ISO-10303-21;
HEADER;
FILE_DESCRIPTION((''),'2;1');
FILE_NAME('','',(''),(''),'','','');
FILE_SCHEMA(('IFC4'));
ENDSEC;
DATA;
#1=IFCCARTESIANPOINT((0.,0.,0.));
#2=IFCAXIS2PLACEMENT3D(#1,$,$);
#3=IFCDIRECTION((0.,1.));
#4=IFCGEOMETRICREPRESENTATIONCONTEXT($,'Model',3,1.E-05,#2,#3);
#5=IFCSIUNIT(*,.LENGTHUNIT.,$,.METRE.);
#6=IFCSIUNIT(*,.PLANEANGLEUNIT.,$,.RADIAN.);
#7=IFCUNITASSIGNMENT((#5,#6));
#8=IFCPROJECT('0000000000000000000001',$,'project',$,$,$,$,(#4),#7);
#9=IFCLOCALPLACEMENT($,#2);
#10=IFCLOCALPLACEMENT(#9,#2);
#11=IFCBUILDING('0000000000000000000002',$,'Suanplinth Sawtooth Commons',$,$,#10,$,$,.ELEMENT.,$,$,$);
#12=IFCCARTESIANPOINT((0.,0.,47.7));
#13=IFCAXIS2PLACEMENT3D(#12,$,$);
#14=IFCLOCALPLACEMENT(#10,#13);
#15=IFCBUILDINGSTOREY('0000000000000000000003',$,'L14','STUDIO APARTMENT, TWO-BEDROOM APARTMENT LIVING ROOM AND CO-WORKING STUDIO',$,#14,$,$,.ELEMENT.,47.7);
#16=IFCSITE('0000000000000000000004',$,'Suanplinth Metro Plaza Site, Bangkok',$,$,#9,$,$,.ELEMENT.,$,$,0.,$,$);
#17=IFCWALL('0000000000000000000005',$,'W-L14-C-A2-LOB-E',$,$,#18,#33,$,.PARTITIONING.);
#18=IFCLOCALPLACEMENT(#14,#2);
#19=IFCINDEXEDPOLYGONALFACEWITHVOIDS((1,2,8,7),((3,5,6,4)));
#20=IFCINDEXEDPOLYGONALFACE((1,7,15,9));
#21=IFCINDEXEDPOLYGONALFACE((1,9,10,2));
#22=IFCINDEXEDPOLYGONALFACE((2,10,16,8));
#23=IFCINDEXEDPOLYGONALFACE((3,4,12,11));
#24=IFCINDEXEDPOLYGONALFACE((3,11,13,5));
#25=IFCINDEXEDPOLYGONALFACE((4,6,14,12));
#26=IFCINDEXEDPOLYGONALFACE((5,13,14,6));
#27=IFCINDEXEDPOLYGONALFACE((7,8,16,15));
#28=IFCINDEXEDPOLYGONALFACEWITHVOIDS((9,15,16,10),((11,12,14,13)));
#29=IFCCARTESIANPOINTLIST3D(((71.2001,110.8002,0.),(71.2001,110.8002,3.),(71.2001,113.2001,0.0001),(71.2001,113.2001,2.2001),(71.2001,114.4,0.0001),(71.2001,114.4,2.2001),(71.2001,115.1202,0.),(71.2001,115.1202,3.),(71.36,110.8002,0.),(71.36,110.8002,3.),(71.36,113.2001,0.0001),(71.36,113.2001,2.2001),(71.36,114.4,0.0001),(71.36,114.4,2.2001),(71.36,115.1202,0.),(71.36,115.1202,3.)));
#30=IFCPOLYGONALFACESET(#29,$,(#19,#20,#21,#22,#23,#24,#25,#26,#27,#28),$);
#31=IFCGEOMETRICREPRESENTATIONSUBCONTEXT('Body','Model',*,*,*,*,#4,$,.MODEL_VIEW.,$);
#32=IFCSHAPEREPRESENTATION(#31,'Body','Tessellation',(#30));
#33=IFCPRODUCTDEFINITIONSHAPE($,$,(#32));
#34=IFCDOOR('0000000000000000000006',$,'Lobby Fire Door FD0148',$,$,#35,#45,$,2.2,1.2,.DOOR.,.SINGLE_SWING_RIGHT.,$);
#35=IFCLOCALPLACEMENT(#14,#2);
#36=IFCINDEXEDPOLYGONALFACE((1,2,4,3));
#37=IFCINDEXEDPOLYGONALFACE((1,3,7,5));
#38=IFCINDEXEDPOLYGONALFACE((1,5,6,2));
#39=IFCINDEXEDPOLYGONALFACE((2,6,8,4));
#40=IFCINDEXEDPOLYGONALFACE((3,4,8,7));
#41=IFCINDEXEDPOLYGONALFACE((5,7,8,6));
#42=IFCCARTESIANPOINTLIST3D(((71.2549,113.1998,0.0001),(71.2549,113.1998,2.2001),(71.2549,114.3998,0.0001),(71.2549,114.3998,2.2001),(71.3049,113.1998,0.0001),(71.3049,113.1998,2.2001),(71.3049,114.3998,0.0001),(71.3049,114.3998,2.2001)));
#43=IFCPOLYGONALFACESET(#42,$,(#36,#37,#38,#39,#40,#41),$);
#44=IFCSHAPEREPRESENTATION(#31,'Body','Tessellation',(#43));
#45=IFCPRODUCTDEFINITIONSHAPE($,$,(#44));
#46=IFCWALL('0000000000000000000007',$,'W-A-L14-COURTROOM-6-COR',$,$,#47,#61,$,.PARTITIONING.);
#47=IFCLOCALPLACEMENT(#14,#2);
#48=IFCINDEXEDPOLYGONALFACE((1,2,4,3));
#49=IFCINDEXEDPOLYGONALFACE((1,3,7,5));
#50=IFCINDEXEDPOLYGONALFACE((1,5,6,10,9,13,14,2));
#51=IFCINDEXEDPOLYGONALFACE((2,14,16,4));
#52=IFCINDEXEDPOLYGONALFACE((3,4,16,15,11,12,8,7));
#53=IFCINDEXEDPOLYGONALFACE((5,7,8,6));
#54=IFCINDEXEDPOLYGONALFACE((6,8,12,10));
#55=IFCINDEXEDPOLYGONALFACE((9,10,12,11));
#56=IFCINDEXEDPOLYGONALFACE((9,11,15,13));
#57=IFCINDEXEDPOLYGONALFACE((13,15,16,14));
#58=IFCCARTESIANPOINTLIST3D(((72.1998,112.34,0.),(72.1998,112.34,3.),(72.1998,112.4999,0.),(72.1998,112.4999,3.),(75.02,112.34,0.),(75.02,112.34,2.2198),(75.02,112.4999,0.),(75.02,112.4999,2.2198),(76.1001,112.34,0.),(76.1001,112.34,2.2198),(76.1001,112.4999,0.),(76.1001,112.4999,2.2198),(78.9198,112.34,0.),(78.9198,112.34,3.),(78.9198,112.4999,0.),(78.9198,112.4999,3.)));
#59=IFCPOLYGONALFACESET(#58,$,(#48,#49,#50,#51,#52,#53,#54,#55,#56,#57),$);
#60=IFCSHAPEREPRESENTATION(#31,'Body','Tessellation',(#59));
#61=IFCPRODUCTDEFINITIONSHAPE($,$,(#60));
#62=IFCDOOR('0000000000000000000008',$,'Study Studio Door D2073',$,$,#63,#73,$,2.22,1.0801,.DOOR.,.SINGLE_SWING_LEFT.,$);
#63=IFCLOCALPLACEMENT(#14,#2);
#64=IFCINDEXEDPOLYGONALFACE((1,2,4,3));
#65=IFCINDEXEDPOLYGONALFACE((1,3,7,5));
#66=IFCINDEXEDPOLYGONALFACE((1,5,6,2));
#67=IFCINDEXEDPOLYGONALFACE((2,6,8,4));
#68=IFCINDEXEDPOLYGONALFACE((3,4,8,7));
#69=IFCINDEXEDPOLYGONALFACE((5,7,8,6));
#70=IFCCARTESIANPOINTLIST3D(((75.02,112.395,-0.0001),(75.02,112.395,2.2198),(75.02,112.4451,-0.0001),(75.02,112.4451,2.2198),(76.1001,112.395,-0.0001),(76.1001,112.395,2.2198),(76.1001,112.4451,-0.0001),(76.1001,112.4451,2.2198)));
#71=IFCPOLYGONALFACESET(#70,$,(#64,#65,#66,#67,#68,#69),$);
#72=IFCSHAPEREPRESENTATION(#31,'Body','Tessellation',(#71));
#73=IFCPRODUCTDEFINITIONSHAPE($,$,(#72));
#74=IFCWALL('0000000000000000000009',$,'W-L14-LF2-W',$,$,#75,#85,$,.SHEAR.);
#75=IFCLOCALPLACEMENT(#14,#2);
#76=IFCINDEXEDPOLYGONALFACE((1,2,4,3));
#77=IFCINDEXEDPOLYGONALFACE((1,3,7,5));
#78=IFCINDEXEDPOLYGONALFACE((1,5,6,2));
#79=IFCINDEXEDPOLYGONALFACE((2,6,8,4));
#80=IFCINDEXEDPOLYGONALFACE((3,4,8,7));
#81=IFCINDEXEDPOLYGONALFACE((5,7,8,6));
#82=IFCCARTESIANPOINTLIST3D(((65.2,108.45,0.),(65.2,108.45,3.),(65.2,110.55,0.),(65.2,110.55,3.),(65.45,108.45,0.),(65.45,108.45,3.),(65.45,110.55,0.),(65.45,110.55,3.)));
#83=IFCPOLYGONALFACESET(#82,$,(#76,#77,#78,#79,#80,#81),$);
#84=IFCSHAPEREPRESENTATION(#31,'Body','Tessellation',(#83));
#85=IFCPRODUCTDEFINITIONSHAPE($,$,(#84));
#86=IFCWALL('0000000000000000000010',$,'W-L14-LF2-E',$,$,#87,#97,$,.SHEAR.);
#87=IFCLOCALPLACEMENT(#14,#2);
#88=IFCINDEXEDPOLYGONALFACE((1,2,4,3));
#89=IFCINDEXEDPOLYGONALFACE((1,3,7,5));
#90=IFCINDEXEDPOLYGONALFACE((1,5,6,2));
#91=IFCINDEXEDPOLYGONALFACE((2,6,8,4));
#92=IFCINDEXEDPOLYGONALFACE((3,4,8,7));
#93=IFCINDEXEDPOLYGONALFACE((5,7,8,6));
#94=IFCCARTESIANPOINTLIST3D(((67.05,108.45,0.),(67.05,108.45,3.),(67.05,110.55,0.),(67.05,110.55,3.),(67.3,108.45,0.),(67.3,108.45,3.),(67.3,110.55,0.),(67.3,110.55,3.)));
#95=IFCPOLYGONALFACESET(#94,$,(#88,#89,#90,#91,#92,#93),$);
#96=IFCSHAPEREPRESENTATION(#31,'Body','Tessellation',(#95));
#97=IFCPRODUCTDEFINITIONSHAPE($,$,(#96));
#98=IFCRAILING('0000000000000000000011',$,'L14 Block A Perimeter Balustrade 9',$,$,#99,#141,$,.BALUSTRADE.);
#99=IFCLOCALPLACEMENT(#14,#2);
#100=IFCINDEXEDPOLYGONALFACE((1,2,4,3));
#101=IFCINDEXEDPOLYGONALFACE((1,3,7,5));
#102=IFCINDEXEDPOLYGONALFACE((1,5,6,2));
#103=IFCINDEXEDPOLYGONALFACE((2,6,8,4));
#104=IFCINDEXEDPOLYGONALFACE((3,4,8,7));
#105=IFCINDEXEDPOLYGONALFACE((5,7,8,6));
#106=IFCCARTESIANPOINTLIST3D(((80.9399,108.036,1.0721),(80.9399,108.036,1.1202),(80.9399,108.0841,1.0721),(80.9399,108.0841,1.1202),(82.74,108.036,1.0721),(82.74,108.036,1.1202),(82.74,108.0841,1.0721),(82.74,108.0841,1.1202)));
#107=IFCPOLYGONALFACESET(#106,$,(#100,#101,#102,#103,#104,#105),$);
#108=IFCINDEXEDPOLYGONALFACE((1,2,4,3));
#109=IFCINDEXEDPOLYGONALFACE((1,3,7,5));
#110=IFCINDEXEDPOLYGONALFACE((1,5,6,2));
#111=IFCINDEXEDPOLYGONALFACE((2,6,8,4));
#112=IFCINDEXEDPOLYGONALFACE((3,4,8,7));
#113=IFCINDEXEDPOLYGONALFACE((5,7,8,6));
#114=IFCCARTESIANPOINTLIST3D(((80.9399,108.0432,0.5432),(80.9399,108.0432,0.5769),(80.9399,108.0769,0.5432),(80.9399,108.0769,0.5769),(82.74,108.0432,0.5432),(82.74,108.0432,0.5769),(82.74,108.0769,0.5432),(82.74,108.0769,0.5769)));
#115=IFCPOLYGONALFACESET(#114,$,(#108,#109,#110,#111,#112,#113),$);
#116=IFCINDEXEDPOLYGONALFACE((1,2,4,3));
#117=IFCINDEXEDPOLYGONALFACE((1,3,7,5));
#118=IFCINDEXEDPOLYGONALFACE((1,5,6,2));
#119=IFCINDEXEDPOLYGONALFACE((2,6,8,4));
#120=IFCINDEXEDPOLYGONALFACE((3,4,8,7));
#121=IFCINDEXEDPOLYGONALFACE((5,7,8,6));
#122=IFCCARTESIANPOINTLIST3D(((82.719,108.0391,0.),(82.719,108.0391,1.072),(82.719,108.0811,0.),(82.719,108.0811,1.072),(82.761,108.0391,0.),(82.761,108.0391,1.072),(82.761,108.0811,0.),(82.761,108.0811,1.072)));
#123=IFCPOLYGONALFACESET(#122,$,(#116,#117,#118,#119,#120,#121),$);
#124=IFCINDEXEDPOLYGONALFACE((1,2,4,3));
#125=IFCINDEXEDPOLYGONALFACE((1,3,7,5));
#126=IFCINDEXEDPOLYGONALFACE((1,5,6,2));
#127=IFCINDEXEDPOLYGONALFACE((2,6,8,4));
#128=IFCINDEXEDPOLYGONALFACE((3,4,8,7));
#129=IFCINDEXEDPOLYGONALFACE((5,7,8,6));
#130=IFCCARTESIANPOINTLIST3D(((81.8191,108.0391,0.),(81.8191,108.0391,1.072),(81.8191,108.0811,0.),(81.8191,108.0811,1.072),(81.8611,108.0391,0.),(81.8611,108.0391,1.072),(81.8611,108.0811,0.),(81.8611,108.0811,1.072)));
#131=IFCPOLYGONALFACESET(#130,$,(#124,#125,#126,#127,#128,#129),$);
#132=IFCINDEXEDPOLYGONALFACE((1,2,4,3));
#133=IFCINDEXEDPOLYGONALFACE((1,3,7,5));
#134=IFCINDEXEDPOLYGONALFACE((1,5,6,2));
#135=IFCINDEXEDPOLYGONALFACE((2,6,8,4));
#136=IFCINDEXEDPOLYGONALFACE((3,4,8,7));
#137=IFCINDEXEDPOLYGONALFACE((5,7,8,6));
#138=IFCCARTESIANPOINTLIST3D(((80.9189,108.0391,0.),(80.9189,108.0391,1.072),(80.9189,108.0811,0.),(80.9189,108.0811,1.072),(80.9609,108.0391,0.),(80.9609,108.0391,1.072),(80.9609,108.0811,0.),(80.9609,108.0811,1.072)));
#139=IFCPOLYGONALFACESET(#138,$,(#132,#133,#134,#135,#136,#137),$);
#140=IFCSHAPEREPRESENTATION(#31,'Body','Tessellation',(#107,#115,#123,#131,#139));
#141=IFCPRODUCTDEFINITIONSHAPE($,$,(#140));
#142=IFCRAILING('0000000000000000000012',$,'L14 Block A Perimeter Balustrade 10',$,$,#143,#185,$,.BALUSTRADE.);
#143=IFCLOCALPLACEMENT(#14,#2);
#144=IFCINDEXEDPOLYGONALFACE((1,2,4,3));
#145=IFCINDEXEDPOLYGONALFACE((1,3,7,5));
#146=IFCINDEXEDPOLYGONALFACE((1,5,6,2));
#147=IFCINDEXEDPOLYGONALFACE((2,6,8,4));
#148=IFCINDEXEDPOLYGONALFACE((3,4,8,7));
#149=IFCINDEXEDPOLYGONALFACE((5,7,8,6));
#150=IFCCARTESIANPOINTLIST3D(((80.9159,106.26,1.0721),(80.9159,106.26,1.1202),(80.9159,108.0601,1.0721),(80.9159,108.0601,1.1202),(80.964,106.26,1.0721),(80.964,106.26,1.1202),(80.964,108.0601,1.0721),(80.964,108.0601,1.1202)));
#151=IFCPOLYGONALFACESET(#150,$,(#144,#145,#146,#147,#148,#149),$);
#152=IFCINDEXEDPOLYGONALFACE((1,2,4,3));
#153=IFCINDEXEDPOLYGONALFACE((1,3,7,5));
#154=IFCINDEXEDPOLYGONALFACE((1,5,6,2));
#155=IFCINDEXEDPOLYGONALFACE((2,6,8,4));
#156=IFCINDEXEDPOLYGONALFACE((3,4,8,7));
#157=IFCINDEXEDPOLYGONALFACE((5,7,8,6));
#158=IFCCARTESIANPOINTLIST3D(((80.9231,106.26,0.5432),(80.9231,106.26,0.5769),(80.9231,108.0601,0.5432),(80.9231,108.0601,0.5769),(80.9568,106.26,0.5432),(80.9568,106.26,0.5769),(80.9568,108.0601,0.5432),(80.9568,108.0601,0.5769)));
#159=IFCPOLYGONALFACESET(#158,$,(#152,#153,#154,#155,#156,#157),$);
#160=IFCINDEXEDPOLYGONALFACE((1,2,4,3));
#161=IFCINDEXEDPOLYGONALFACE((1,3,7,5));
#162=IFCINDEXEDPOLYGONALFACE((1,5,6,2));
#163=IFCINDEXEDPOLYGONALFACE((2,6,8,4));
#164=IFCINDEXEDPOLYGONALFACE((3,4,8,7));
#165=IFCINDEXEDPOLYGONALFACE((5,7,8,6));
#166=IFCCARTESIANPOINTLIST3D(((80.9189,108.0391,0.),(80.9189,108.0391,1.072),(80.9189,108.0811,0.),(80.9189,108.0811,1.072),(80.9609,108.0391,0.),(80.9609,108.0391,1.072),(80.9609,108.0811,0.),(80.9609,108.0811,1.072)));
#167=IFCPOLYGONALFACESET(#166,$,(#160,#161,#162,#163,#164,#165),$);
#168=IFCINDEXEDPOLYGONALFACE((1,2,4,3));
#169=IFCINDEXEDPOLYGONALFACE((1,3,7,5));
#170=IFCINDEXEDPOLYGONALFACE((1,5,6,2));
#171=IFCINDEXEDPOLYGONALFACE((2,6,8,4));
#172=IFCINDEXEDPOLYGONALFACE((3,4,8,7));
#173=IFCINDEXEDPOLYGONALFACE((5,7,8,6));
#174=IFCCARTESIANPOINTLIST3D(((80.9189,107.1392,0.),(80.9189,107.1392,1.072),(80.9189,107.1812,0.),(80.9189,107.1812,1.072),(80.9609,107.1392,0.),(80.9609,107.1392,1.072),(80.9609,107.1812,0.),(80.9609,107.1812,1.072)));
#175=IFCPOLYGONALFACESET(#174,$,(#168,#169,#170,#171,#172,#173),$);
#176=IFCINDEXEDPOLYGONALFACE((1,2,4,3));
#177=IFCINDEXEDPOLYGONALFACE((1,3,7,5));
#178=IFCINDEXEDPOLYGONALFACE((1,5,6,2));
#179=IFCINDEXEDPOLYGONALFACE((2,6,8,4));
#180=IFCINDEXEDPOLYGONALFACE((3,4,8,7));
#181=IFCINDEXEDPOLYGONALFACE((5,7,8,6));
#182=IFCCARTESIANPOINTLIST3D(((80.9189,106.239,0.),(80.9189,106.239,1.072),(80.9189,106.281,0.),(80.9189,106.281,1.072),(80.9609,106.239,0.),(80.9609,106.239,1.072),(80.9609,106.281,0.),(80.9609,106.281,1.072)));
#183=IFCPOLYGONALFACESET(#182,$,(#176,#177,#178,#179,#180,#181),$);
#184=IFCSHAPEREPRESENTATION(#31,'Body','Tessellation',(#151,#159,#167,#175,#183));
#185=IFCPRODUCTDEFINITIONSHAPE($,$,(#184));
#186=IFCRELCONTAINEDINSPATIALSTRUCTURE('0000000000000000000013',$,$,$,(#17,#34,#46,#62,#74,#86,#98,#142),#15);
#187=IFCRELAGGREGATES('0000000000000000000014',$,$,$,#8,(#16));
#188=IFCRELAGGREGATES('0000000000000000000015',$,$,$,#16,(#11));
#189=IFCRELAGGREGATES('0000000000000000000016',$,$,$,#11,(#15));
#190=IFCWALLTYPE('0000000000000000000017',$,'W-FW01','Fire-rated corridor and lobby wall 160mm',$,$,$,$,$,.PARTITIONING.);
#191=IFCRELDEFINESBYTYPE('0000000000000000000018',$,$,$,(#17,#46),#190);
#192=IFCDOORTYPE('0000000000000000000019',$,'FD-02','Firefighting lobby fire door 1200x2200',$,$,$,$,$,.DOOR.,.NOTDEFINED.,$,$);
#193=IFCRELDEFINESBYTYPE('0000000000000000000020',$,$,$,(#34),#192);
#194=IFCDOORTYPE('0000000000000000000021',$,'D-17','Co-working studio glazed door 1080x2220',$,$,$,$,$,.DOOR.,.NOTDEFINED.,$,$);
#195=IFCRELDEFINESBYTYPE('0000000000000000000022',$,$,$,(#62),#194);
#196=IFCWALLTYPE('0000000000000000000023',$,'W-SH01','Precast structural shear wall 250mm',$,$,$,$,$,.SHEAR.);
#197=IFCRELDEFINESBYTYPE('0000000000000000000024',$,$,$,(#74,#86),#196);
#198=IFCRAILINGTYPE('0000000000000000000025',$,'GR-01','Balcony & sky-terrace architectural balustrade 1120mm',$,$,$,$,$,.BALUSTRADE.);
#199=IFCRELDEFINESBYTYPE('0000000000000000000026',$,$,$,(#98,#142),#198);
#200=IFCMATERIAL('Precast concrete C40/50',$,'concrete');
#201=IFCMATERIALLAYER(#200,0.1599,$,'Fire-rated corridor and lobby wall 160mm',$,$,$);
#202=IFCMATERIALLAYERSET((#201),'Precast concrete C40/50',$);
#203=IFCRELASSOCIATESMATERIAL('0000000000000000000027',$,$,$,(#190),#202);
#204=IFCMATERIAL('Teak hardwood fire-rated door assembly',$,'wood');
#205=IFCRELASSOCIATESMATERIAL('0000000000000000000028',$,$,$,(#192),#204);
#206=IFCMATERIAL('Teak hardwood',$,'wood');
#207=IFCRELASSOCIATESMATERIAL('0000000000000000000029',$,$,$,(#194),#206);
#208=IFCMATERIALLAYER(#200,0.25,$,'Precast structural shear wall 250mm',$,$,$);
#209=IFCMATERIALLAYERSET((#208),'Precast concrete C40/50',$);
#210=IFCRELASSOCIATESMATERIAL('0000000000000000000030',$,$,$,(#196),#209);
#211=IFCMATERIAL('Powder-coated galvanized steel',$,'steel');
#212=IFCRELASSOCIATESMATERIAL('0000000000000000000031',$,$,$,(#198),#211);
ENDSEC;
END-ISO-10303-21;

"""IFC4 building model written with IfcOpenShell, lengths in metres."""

from ifc_helpers import new_model, si_unit, direction, frame, frame_2d, origin, origin_2d, place, context, subcontext, project, spatial, rectangle, extrude, material, layer, layer_set, type_object, element, fill, save


model = new_model("IFC4")

# Units and contexts
model_context = context("Model", 3, precision=1e-05, world=origin(), true_north=direction((0.0, 1.0)))
body_context = subcontext(model_context, "Body", "Model", "MODEL_VIEW")
ifc_project = project(units=[si_unit("LENGTHUNIT", "METRE"), si_unit("PLANEANGLEUNIT", "RADIAN")], contexts=[model_context])

# Site, building, storey
site_placement = place(None, origin())
site = spatial("IfcSite", under=ifc_project, at=site_placement, Name="Suanplinth Metro Plaza Site, Bangkok", CompositionType="ELEMENT", RefElevation=0.0)
building_placement = place(site_placement, origin())
building = spatial("IfcBuilding", under=site, at=building_placement, Name="Suanplinth Sawtooth Commons", CompositionType="ELEMENT")
storey_placement = place(building_placement, frame((0.0, 0.0, 47.7)))
storey = spatial("IfcBuildingStorey", under=building, at=storey_placement, Name="L14", Description="STUDIO APARTMENT, TWO-BEDROOM APARTMENT LIVING ROOM AND CO-WORKING STUDIO", CompositionType="ELEMENT", Elevation=47.7)

# Shared definitions
ifc_material_1 = material(Name="Precast concrete C40/50", Category="concrete")

# Walls, openings, doors
ifc_layer_1 = layer(ifc_material_1, 0.1599, Name="Fire-rated corridor and lobby wall 160mm")
ifc_layer_set_1 = layer_set([ifc_layer_1], Name="Precast concrete C40/50")
wall_type_1 = type_object("IfcWallType", Name="W-FW01", Description="Fire-rated corridor and lobby wall 160mm", PredefinedType="PARTITIONING", material=ifc_layer_set_1)
ifc_material_2 = material(Name="Teak hardwood fire-rated door assembly", Category="wood")
door_type_1 = type_object("IfcDoorType", Name="FD-02", Description="Firefighting lobby fire door 1200x2200", OperationType="NOTDEFINED", PredefinedType="DOOR", material=ifc_material_2)
wall_1_placement = place(storey_placement, frame((71.28, 110.8, 0.0), z_axis=(0.0, 0.0, 1.0), x_axis=(0.0, 1.0, 0.0)))
wall_1 = element("IfcWall", 1, at=wall_1_placement, inside=storey, type_object=wall_type_1, Name="W-L14-C-A2-LOB-E", PredefinedType="PARTITIONING", context=body_context, shape_type="SweptSolid", body=[
    extrude(rectangle(XDim=4.3201, YDim=0.1599, at=frame_2d((2.1602, 0.0))), origin(), (0.0, 0.0, 1.0), 3.0),
])
opening_1_placement = place(wall_1_placement, frame((2.3999, 0.0, 0.0)))
opening_1 = element("IfcOpeningElement", 2, at=opening_1_placement, cuts=wall_1, PredefinedType="OPENING", context=body_context, shape_type="SweptSolid", body=[
    extrude(rectangle(XDim=1.2, YDim=2.2, at=frame_2d((0.6001, 1.1001))), frame((0.0, 0.0947, 0.0), z_axis=(0.0, -1.0, 0.0), x_axis=(1.0, 0.0, 0.0)), (0.0, 0.0, 1.0), 0.1897),
])
door_1_placement = place(opening_1_placement, frame((1.2, 0.0, 0.0), z_axis=(0.0, 0.0, 1.0), x_axis=(-1.0, 0.0, 0.0)))
door_1 = element("IfcDoor", 3, at=door_1_placement, inside=storey, type_object=door_type_1, Name="Lobby Fire Door FD0148", OperationType="SINGLE_SWING_RIGHT", OverallHeight=2.2, OverallWidth=1.2, PredefinedType="DOOR", context=body_context, shape_type="SweptSolid", body=[
    extrude(rectangle(XDim=1.2, YDim=2.2, at=frame_2d((0.6001, 1.1001))), frame((0.0, 0.0249, 0.0), z_axis=(0.0, -1.0, 0.0), x_axis=(1.0, 0.0, 0.0)), (0.0, 0.0, 1.0), 0.05),
])
fill(opening_1, door_1)
wall_2_placement = place(storey_placement, frame((72.2, 112.4199, 0.0), z_axis=(0.0, 0.0, 1.0), x_axis=(1.0, 0.0, 0.0)))
wall_2 = element("IfcWall", 4, at=wall_2_placement, inside=storey, type_object=wall_type_1, Name="W-A-L14-COURTROOM-6-COR", PredefinedType="PARTITIONING", context=body_context, shape_type="SweptSolid", body=[
    extrude(rectangle(XDim=6.72, YDim=0.1599, at=frame_2d((3.3599, 0.0))), origin(), (0.0, 0.0, 1.0), 3.0),
])
opening_2_placement = place(wall_2_placement, frame((2.8201, 0.0, 0.0)))
opening_2 = element("IfcOpeningElement", 5, at=opening_2_placement, cuts=wall_2, PredefinedType="OPENING", context=body_context, shape_type="SweptSolid", body=[
    extrude(rectangle(XDim=1.0801, YDim=2.22, at=frame_2d((0.54, 1.1099))), frame((0.0, 0.0947, 0.0), z_axis=(0.0, -1.0, 0.0), x_axis=(1.0, 0.0, 0.0)), (0.0, 0.0, 1.0), 0.1897),
])
ifc_material_3 = material(Name="Teak hardwood", Category="wood")
door_type_2 = type_object("IfcDoorType", Name="D-17", Description="Co-working studio glazed door 1080x2220", OperationType="NOTDEFINED", PredefinedType="DOOR", material=ifc_material_3)
door_2_placement = place(opening_2_placement, frame((1.0801, 0.0, 0.0), z_axis=(0.0, 0.0, 1.0), x_axis=(-1.0, 0.0, 0.0)))
door_2 = element("IfcDoor", 6, at=door_2_placement, inside=storey, type_object=door_type_2, Name="Study Studio Door D2073", OperationType="SINGLE_SWING_LEFT", OverallHeight=2.22, OverallWidth=1.0801, PredefinedType="DOOR", context=body_context, shape_type="SweptSolid", body=[
    extrude(rectangle(XDim=1.0801, YDim=2.22, at=frame_2d((0.54, 1.1099))), frame((0.0, 0.0249, 0.0), z_axis=(0.0, -1.0, 0.0), x_axis=(1.0, 0.0, 0.0)), (0.0, 0.0, 1.0), 0.05),
])
fill(opening_2, door_2)

# Walls
ifc_layer_2 = layer(ifc_material_1, 0.25, Name="Precast structural shear wall 250mm")
ifc_layer_set_2 = layer_set([ifc_layer_2], Name="Precast concrete C40/50")
wall_type_2 = type_object("IfcWallType", Name="W-SH01", Description="Precast structural shear wall 250mm", PredefinedType="SHEAR", material=ifc_layer_set_2)
for number, where, z_axis, x_axis, name in (
    (7, (65.325, 108.45, 0.0), (0.0, 0.0, 1.0), (0.0, 1.0, 0.0), "W-L14-LF2-W"),
    (8, (67.175, 108.45, 0.0), (0.0, 0.0, 1.0), (0.0, 1.0, 0.0), "W-L14-LF2-E"),
):
    element("IfcWall", number, at=place(storey_placement, frame(where, z_axis=z_axis, x_axis=x_axis)), inside=storey, type_object=wall_type_2, Name=name, PredefinedType="SHEAR", context=body_context, shape_type="SweptSolid", body=[
        extrude(rectangle(XDim=2.1001, YDim=0.25, at=frame_2d((1.05, 0.0))), origin(), (0.0, 0.0, 1.0), 3.0),
    ])

# Railings
ifc_material_4 = material(Name="Powder-coated galvanized steel", Category="steel")
railing_type = type_object("IfcRailingType", Name="GR-01", Description="Balcony & sky-terrace architectural balustrade 1120mm", PredefinedType="BALUSTRADE", material=ifc_material_4)
railing_1_placement = place(storey_placement, frame((82.74, 108.0601, 0.0)))
element("IfcRailing", 9, at=railing_1_placement, inside=storey, type_object=railing_type, Name="L14 Block A Perimeter Balustrade 9", PredefinedType="BALUSTRADE", context=body_context, shape_type="SweptSolid", body=[
    extrude(rectangle(XDim=0.0481, YDim=0.0481, at=origin_2d()), frame((0.0, 0.0, 1.0962), z_axis=(-1.0, 0.0, 0.0), x_axis=(0.0, -1.0, 0.0)), (0.0, 0.0, 1.0), 1.8),
    extrude(rectangle(XDim=0.0337, YDim=0.0337, at=origin_2d()), frame((0.0, 0.0, 0.5601), z_axis=(-1.0, 0.0, 0.0), x_axis=(0.0, -1.0, 0.0)), (0.0, 0.0, 1.0), 1.8),
    extrude(rectangle(XDim=0.042, YDim=0.042, at=origin_2d()), origin(), (0.0, 0.0, 1.0), 1.072),
    extrude(rectangle(XDim=0.042, YDim=0.042, at=origin_2d()), frame((-0.8999, 0.0, 0.0)), (0.0, 0.0, 1.0), 1.072),
    extrude(rectangle(XDim=0.042, YDim=0.042, at=origin_2d()), frame((-1.8, 0.0, 0.0)), (0.0, 0.0, 1.0), 1.072),
])
railing_2_placement = place(storey_placement, frame((80.9399, 108.0601, 0.0)))
element("IfcRailing", 10, at=railing_2_placement, inside=storey, type_object=railing_type, Name="L14 Block A Perimeter Balustrade 10", PredefinedType="BALUSTRADE", context=body_context, shape_type="SweptSolid", body=[
    extrude(rectangle(XDim=0.0481, YDim=0.0481, at=origin_2d()), frame((0.0, 0.0, 1.0962), z_axis=(0.0, -1.0, 0.0), x_axis=(1.0, 0.0, 0.0)), (0.0, 0.0, 1.0), 1.8),
    extrude(rectangle(XDim=0.0337, YDim=0.0337, at=origin_2d()), frame((0.0, 0.0, 0.5601), z_axis=(0.0, -1.0, 0.0), x_axis=(1.0, 0.0, 0.0)), (0.0, 0.0, 1.0), 1.8),
    extrude(rectangle(XDim=0.042, YDim=0.042, at=origin_2d()), origin(), (0.0, 0.0, 1.0), 1.072),
    extrude(rectangle(XDim=0.042, YDim=0.042, at=origin_2d()), frame((0.0, -0.8999, 0.0)), (0.0, 0.0, 1.0), 1.072),
    extrude(rectangle(XDim=0.042, YDim=0.042, at=origin_2d()), frame((0.0, -1.8, 0.0)), (0.0, 0.0, 1.0), 1.072),
])

save(model, "model.ifc")
